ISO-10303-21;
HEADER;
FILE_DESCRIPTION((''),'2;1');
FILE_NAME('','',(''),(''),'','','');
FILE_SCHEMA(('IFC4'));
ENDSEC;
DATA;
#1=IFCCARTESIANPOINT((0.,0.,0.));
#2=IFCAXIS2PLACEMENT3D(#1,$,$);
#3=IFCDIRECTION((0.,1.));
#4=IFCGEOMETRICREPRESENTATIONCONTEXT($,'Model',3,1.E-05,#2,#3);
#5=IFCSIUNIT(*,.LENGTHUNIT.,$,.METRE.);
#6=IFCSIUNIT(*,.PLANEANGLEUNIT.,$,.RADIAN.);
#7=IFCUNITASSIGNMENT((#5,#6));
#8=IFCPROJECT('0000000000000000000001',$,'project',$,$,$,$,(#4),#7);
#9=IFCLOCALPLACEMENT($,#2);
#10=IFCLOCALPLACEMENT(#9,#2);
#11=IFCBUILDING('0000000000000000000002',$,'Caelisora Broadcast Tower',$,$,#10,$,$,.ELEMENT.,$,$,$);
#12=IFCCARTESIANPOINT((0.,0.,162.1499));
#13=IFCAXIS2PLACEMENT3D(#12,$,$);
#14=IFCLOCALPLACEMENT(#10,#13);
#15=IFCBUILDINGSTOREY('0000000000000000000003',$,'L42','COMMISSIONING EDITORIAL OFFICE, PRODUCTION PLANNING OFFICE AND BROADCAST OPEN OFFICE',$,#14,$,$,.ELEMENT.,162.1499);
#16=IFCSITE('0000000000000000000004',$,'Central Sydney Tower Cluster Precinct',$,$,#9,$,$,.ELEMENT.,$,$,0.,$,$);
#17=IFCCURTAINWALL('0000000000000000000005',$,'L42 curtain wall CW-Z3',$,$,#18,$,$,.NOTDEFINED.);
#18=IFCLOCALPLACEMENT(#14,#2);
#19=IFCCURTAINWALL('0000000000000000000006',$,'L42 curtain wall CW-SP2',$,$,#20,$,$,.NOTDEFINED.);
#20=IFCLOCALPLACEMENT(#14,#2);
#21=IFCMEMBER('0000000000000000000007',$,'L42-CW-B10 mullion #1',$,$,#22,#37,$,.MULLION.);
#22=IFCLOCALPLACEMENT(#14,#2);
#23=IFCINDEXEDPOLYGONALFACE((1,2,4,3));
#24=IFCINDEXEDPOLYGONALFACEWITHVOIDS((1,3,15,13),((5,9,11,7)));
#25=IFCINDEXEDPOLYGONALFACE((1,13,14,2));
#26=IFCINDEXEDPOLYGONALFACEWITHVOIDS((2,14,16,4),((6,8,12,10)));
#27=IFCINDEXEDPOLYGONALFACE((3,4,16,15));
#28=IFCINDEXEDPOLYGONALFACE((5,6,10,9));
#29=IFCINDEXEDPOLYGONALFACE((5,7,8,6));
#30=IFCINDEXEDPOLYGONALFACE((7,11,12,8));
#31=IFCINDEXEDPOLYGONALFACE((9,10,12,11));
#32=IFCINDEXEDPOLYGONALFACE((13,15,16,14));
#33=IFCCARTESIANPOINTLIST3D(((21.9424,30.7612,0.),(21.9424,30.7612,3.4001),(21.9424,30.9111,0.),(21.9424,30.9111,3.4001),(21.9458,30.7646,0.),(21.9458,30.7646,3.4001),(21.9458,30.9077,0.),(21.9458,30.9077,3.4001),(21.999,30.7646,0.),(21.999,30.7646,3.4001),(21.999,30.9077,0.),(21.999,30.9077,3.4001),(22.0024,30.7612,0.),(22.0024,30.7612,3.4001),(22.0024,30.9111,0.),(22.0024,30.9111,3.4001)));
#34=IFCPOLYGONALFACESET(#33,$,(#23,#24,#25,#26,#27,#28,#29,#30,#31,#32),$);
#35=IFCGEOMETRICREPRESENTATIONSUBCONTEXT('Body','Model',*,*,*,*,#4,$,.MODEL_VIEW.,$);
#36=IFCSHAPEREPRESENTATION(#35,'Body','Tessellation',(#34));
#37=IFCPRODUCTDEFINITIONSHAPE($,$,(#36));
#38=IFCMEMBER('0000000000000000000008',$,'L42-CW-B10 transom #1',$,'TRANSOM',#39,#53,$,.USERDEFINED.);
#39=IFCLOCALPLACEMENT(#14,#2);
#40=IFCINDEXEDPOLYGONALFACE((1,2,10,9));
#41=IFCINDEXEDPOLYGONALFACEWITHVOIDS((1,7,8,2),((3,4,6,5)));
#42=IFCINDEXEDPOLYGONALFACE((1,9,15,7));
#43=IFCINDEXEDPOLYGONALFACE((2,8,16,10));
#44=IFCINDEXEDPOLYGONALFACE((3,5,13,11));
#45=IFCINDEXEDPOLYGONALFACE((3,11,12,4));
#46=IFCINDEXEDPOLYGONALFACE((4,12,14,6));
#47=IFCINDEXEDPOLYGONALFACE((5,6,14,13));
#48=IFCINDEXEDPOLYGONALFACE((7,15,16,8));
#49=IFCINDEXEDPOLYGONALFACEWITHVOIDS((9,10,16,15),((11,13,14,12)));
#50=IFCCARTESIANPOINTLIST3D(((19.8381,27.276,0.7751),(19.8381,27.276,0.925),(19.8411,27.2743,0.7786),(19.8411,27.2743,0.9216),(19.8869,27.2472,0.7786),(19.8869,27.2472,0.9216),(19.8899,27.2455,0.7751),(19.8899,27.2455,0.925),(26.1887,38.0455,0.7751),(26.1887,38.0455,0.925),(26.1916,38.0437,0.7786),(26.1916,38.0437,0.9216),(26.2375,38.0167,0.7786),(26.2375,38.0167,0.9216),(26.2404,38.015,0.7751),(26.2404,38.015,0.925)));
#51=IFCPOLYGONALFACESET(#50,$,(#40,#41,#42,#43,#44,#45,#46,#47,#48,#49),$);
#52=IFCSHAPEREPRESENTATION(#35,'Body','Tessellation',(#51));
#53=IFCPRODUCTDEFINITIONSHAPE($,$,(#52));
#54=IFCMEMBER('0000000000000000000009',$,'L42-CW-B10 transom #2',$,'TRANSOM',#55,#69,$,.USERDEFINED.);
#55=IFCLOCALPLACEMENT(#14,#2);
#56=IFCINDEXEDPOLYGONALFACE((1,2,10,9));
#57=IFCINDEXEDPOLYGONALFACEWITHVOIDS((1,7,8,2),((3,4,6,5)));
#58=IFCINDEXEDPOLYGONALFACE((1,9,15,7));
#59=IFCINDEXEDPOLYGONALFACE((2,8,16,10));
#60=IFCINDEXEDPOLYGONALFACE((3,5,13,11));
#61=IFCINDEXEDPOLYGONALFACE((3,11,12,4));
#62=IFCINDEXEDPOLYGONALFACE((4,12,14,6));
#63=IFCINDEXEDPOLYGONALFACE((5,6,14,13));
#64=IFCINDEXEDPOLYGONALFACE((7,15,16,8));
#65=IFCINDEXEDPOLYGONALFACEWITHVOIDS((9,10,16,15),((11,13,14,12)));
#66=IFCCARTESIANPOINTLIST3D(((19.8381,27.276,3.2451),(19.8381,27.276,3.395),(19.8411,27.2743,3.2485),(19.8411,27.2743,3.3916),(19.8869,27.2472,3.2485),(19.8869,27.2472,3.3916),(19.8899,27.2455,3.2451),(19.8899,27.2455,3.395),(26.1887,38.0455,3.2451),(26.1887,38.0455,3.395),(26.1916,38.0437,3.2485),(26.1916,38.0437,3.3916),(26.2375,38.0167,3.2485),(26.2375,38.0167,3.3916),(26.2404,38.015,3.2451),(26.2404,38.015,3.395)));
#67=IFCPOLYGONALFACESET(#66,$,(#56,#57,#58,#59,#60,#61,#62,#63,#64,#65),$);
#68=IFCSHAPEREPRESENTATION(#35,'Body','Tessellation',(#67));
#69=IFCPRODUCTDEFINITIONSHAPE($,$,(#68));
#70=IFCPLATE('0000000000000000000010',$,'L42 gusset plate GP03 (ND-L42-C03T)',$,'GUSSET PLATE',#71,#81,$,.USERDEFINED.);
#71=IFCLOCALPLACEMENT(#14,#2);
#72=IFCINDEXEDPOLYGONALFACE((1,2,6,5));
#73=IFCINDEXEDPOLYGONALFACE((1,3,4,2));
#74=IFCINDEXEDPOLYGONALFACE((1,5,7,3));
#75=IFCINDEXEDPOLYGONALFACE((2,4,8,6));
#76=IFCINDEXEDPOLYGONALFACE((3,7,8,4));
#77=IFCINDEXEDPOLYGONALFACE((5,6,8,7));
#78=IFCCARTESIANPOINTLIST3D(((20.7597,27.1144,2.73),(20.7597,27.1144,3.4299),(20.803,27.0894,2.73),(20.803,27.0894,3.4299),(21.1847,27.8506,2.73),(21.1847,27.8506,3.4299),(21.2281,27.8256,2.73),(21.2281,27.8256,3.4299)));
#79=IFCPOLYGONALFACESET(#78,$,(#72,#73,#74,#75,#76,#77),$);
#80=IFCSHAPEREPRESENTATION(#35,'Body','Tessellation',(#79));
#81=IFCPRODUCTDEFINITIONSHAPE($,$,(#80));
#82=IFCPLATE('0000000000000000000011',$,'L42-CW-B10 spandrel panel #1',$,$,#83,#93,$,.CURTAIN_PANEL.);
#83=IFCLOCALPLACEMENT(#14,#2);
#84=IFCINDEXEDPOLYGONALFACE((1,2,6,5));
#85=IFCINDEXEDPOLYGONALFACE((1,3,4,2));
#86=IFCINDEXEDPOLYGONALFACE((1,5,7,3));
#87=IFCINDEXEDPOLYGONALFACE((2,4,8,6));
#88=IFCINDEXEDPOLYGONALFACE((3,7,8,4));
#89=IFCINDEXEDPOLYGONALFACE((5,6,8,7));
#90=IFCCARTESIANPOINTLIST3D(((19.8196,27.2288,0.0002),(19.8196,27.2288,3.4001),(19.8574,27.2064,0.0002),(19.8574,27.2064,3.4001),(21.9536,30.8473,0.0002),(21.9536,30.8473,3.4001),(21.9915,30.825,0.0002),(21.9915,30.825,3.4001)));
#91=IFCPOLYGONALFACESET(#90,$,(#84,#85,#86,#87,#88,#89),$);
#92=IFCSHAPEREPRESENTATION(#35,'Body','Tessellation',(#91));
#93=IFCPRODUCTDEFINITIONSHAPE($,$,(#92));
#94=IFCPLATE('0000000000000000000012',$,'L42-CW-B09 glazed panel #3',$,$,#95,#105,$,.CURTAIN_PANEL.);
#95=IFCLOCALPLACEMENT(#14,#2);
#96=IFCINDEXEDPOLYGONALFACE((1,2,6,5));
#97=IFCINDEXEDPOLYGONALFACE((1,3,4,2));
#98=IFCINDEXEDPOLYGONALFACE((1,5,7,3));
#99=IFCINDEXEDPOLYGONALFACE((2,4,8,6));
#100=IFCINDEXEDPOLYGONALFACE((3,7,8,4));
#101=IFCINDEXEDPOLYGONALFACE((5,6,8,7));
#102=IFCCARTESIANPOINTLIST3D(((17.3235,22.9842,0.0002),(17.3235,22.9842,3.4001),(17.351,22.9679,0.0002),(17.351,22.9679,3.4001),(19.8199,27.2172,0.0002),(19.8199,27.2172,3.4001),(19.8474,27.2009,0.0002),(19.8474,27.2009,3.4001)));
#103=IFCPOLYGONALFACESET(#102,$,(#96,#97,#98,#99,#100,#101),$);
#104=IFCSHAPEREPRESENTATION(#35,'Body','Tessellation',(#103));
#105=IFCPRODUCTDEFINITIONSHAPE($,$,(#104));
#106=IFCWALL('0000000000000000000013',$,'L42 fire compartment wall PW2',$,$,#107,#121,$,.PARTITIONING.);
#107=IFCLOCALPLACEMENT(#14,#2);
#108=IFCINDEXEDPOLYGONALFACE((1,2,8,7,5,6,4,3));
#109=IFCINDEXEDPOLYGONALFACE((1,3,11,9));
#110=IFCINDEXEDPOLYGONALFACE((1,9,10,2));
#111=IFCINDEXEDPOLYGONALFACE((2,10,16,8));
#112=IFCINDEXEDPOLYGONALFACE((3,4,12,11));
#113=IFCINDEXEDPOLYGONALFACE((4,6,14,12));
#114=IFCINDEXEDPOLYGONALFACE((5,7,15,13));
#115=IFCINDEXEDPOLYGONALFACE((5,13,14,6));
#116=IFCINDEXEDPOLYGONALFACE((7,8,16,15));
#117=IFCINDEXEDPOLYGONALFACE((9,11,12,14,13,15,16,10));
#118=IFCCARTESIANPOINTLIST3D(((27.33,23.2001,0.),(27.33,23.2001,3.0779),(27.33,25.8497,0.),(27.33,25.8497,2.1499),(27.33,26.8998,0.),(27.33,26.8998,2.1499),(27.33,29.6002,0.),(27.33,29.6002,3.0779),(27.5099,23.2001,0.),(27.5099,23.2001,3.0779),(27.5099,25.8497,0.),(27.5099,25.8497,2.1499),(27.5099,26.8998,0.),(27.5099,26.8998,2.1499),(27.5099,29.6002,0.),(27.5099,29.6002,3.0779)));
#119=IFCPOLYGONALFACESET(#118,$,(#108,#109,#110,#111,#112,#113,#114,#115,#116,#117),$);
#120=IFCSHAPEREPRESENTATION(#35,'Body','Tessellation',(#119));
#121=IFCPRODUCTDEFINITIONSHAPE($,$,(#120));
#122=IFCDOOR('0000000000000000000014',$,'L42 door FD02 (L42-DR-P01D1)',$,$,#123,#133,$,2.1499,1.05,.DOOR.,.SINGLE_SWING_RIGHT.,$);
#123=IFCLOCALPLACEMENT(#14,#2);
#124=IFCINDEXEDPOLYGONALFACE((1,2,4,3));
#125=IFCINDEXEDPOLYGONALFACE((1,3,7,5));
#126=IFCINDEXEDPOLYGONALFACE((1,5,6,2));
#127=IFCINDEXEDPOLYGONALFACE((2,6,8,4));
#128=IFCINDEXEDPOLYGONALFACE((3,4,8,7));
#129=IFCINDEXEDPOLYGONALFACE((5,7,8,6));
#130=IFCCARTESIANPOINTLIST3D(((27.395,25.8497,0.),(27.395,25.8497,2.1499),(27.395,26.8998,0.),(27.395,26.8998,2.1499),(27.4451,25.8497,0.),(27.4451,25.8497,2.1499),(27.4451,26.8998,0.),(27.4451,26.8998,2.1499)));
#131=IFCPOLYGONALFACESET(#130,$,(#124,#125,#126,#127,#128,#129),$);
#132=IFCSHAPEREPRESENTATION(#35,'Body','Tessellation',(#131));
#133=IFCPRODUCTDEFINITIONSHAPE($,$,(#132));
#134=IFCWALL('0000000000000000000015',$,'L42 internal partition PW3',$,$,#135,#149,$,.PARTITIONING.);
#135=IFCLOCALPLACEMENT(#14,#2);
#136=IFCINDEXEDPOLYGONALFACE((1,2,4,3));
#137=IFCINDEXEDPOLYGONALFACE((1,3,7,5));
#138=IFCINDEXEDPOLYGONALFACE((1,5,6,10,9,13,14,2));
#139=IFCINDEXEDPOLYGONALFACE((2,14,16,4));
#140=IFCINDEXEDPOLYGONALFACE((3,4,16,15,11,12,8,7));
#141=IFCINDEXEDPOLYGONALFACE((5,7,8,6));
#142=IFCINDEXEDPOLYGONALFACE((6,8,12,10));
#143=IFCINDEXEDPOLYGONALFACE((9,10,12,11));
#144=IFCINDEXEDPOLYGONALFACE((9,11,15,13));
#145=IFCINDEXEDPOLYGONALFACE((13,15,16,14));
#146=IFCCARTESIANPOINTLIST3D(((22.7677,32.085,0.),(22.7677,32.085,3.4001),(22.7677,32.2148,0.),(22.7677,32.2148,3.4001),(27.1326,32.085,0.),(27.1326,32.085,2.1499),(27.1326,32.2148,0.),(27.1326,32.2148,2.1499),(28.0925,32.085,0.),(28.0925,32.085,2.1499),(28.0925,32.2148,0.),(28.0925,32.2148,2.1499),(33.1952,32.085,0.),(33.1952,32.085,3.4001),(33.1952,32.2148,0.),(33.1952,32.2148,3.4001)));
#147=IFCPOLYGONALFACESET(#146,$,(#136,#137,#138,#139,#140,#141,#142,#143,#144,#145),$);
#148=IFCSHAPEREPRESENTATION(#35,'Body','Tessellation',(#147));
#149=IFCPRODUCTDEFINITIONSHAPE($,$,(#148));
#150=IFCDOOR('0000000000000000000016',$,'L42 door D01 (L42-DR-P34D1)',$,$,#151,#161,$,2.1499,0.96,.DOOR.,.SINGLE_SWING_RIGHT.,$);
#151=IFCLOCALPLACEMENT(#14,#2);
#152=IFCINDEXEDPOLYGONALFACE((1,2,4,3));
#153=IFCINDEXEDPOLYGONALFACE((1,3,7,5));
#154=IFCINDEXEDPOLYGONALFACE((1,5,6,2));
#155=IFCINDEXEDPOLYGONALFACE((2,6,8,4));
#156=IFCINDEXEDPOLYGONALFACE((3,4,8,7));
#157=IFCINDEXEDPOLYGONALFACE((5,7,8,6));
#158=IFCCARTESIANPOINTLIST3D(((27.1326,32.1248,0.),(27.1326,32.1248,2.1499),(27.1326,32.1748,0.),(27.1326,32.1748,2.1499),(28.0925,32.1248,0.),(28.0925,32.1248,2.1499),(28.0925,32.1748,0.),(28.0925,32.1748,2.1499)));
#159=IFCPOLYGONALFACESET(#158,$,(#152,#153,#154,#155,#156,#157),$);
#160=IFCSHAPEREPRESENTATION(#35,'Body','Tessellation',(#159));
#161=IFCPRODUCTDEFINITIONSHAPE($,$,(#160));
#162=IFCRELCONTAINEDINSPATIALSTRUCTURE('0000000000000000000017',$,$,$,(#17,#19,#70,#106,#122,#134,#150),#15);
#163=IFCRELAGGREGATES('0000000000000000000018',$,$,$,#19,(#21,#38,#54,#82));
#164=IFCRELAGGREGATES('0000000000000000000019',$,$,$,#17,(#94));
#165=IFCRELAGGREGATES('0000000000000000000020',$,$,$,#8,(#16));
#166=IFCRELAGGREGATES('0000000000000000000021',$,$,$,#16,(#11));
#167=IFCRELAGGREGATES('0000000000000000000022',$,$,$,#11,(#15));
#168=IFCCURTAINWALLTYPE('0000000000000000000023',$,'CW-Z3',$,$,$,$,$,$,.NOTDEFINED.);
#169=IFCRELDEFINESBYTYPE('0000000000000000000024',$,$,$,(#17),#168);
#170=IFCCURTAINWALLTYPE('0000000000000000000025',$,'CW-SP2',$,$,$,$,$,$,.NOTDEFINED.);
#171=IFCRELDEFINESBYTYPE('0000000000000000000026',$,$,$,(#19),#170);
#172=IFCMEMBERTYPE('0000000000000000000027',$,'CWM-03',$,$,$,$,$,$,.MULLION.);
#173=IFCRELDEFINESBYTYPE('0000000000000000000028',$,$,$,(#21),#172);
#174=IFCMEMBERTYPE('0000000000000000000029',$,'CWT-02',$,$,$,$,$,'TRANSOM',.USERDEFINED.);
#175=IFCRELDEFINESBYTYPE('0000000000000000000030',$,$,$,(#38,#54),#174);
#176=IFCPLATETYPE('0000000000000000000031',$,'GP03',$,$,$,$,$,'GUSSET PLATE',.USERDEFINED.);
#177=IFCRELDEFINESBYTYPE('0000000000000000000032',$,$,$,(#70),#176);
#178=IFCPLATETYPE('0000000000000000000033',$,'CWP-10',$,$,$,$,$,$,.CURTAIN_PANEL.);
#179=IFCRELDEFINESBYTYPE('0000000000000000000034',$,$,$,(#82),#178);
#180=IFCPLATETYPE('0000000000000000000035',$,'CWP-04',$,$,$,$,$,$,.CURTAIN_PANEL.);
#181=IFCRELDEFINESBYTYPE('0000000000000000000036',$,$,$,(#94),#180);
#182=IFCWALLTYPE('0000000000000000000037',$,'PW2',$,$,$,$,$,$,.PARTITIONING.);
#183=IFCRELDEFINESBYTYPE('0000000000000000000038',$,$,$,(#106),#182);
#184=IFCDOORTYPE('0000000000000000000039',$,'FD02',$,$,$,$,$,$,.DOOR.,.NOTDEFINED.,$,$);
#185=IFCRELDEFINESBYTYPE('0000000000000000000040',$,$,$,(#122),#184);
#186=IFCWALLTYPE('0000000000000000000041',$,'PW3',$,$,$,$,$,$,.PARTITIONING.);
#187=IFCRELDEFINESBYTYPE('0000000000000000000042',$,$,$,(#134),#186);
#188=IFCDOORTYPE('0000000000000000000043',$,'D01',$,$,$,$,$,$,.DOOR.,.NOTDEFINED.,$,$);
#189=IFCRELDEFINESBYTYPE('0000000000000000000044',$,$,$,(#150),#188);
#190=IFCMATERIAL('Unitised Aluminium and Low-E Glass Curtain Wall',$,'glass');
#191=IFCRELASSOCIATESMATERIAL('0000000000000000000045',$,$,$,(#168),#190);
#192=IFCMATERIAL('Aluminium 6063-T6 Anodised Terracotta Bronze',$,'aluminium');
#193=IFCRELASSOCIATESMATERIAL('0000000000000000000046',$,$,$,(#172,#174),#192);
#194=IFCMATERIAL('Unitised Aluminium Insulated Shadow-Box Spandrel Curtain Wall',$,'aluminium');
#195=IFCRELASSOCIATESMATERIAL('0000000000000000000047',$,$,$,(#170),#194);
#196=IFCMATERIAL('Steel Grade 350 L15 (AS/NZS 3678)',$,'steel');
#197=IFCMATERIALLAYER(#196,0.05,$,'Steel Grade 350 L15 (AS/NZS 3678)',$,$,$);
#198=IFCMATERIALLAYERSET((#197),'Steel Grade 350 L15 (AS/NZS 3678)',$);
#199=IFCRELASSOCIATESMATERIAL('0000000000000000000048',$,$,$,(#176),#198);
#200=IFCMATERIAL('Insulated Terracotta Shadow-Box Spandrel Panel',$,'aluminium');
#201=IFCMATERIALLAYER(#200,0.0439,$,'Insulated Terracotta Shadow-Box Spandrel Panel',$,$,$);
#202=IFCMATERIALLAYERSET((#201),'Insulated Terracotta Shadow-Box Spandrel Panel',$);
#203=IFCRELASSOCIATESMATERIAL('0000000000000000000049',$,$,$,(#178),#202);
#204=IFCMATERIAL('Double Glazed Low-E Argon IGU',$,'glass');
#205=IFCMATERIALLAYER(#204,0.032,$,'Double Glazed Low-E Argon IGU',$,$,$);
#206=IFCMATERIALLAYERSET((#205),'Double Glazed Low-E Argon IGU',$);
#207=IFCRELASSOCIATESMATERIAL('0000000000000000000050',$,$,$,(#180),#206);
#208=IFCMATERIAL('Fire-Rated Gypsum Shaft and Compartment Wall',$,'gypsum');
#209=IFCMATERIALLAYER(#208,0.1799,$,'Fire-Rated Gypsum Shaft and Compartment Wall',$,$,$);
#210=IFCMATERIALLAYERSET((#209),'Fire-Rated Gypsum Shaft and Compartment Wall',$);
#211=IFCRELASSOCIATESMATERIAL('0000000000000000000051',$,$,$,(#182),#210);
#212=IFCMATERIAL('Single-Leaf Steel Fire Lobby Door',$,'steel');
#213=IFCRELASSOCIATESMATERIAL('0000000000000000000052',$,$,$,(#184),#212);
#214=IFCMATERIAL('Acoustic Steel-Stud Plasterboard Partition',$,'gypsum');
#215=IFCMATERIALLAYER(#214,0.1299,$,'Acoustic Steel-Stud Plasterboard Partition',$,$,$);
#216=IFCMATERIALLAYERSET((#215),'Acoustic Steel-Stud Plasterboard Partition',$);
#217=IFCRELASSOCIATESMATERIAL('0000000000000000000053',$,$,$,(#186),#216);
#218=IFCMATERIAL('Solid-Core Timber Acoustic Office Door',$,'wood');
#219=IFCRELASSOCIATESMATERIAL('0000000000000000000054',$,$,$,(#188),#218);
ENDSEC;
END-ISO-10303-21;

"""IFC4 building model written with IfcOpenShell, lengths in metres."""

from ifc_helpers import new_model, si_unit, direction, frame, frame_2d, origin, origin_2d, place, context, subcontext, project, spatial, rectangle, hollow_rectangle, extrude, source, transform, mapped, material, layer, layer_set, material_profile, profile_set, type_object, type_shapes, element, fill, aggregate, save


model = new_model("IFC4")

# Units and contexts
model_context = context("Model", 3, precision=1e-05, world=origin(), true_north=direction((0.0, 1.0)))
body_context = subcontext(model_context, "Body", "Model", "MODEL_VIEW")
ifc_project = project(units=[si_unit("LENGTHUNIT", "METRE"), si_unit("PLANEANGLEUNIT", "RADIAN")], contexts=[model_context])

# Site, building, storey
site_placement = place(None, origin())
site = spatial("IfcSite", under=ifc_project, at=site_placement, Name="Central Sydney Tower Cluster Precinct", CompositionType="ELEMENT", RefElevation=0.0)
building_placement = place(site_placement, origin())
building = spatial("IfcBuilding", under=site, at=building_placement, Name="Caelisora Broadcast Tower", CompositionType="ELEMENT")
storey_placement = place(building_placement, frame((0.0, 0.0, 162.1499)))
storey = spatial("IfcBuildingStorey", under=building, at=storey_placement, Name="L42", Description="COMMISSIONING EDITORIAL OFFICE, PRODUCTION PLANNING OFFICE AND BROADCAST OPEN OFFICE", CompositionType="ELEMENT", Elevation=162.1499)

# Shared definitions
ifc_material_1 = material(Name="Steel Grade 350 L15 (AS/NZS 3678)", Category="steel")

# Curtain wall
ifc_material_2 = material(Name="Unitised Aluminium and Low-E Glass Curtain Wall", Category="glass")
curtain_wall_type_1 = type_object("IfcCurtainWallType", Name="CW-Z3", PredefinedType="NOTDEFINED", material=ifc_material_2)
curtain_wall_1_placement = place(storey_placement, origin())
curtain_wall_1 = element("IfcCurtainWall", 1, at=curtain_wall_1_placement, inside=storey, type_object=curtain_wall_type_1, Name="L42 curtain wall CW-Z3", PredefinedType="NOTDEFINED")
ifc_material_3 = material(Name="Aluminium 6063-T6 Anodised Terracotta Bronze", Category="aluminium")
ifc_material_profile_1 = material_profile(ifc_material_3, hollow_rectangle(XDim=0.0601, YDim=0.1499, WallThickness=0.0034, at=origin_2d()), Name="Aluminium 6063-T6 Anodised Terracotta Bronze")
ifc_profile_set_1 = profile_set([ifc_material_profile_1], Name="Aluminium 6063-T6 Anodised Terracotta Bronze")
member_type_1 = type_object("IfcMemberType", Name="CWM-03", PredefinedType="MULLION", material=ifc_profile_set_1)
shared_shape_1 = source(origin(), body_context, "Body", "SweptSolid", [
    extrude(hollow_rectangle(XDim=0.0601, YDim=0.1499, WallThickness=0.0034, at=origin_2d()), origin(), (0.0, 0.0, 1.0), 3.4001),
])
type_shapes(member_type_1, [shared_shape_1])

# Curtain wall, members
ifc_material_4 = material(Name="Unitised Aluminium Insulated Shadow-Box Spandrel Curtain Wall", Category="aluminium")
curtain_wall_type_2 = type_object("IfcCurtainWallType", Name="CW-SP2", PredefinedType="NOTDEFINED", material=ifc_material_4)
curtain_wall_2_placement = place(storey_placement, origin())
curtain_wall_2 = element("IfcCurtainWall", 2, at=curtain_wall_2_placement, inside=storey, type_object=curtain_wall_type_2, Name="L42 curtain wall CW-SP2", PredefinedType="NOTDEFINED")
member_1_placement = place(storey_placement, frame((21.9724, 30.8362, 0.0), z_axis=(0.0, 0.0, 1.0), x_axis=(1.0, 0.0, 0.0)))
member_1 = element("IfcMember", 3, at=member_1_placement, type_object=member_type_1, Name="L42-CW-B10 mullion #1", PredefinedType="MULLION", context=body_context, shape_type="MappedRepresentation", body=[
    mapped(shared_shape_1, transform((0.0, 0.0, 0.0), scale=1.0)),
])
ifc_material_profile_2 = material_profile(ifc_material_3, hollow_rectangle(XDim=0.0601, YDim=0.1499, WallThickness=0.0034, at=origin_2d()), Name="Aluminium 6063-T6 Anodised Terracotta Bronze")
ifc_profile_set_2 = profile_set([ifc_material_profile_2], Name="Aluminium 6063-T6 Anodised Terracotta Bronze")
member_type_2 = type_object("IfcMemberType", Name="CWT-02", ElementType="TRANSOM", PredefinedType="USERDEFINED", material=ifc_profile_set_2)
shared_shape_2 = source(origin(), body_context, "Body", "SweptSolid", [
    extrude(hollow_rectangle(XDim=0.0601, YDim=0.1499, WallThickness=0.0034, at=origin_2d()), origin(), (0.0, 0.0, 1.0), 12.5024),
])
type_shapes(member_type_2, [shared_shape_2])
member_2_placement = place(storey_placement, frame((19.864, 27.2607, 0.8501), z_axis=(0.507945, 0.86139, 0.0), x_axis=(-0.86139, 0.507945, 0.0)))
member_2 = element("IfcMember", 4, at=member_2_placement, type_object=member_type_2, Name="L42-CW-B10 transom #1", ObjectType="TRANSOM", PredefinedType="USERDEFINED", context=body_context, shape_type="MappedRepresentation", body=[
    mapped(shared_shape_2, transform((0.0, 0.0, 0.0), scale=1.0)),
])
member_3_placement = place(storey_placement, frame((19.864, 27.2607, 3.3201), z_axis=(0.507945, 0.86139, 0.0), x_axis=(-0.86139, 0.507945, 0.0)))
member_3 = element("IfcMember", 5, at=member_3_placement, type_object=member_type_2, Name="L42-CW-B10 transom #2", ObjectType="TRANSOM", PredefinedType="USERDEFINED", context=body_context, shape_type="MappedRepresentation", body=[
    mapped(shared_shape_2, transform((0.0, 0.0, 0.0), scale=1.0)),
])

# Plates
ifc_layer_1 = layer(ifc_material_1, 0.05, Name="Steel Grade 350 L15 (AS/NZS 3678)")
ifc_layer_set_1 = layer_set([ifc_layer_1], Name="Steel Grade 350 L15 (AS/NZS 3678)")
plate_type_1 = type_object("IfcPlateType", Name="GP03", ElementType="GUSSET PLATE", PredefinedType="USERDEFINED", material=ifc_layer_set_1)
shared_shape_3 = source(origin(), body_context, "Body", "SweptSolid", [
    extrude(rectangle(XDim=0.8501, YDim=0.05, at=origin_2d()), origin(), (0.0, 0.0, 1.0), 0.7),
])
type_shapes(plate_type_1, [shared_shape_3])
plate_1_placement = place(storey_placement, frame((20.9939, 27.47, 2.73), z_axis=(0.0, 0.0, 1.0), x_axis=(-0.5, -0.866025, 0.0)))
element("IfcPlate", 6, at=plate_1_placement, inside=storey, type_object=plate_type_1, Name="L42 gusset plate GP03 (ND-L42-C03T)", ObjectType="GUSSET PLATE", PredefinedType="USERDEFINED", context=body_context, shape_type="MappedRepresentation", body=[
    mapped(shared_shape_3, transform((0.0, 0.0, 0.0), scale=1.0)),
])
ifc_material_5 = material(Name="Insulated Terracotta Shadow-Box Spandrel Panel", Category="aluminium")
ifc_layer_2 = layer(ifc_material_5, 0.0439, Name="Insulated Terracotta Shadow-Box Spandrel Panel")
ifc_layer_set_2 = layer_set([ifc_layer_2], Name="Insulated Terracotta Shadow-Box Spandrel Panel")
plate_type_2 = type_object("IfcPlateType", Name="CWP-10", PredefinedType="CURTAIN_PANEL", material=ifc_layer_set_2)
shared_shape_4 = source(origin(), body_context, "Body", "SweptSolid", [
    extrude(rectangle(XDim=4.2009, YDim=0.0439, at=origin_2d()), origin(), (0.0, 0.0, 1.0), 3.3999),
])
type_shapes(plate_type_2, [shared_shape_4])
plate_2_placement = place(storey_placement, frame((20.9055, 29.0269, 0.0002), z_axis=(0.0, 0.0, 1.0), x_axis=(0.507989, 0.861363, 0.0)))
plate_2 = element("IfcPlate", 7, at=plate_2_placement, type_object=plate_type_2, Name="L42-CW-B10 spandrel panel #1", PredefinedType="CURTAIN_PANEL", context=body_context, shape_type="MappedRepresentation", body=[
    mapped(shared_shape_4, transform((0.0, 0.0, 0.0), scale=1.0)),
])
aggregate(curtain_wall_2, [member_1, member_2, member_3, plate_2])
ifc_material_6 = material(Name="Double Glazed Low-E Argon IGU", Category="glass")
ifc_layer_3 = layer(ifc_material_6, 0.032, Name="Double Glazed Low-E Argon IGU")
ifc_layer_set_3 = layer_set([ifc_layer_3], Name="Double Glazed Low-E Argon IGU")
plate_type_3 = type_object("IfcPlateType", Name="CWP-04", PredefinedType="CURTAIN_PANEL", material=ifc_layer_set_3)
shared_shape_5 = source(origin(), body_context, "Body", "SweptSolid", [
    extrude(rectangle(XDim=4.9143, YDim=0.032, at=origin_2d()), origin(), (0.0, 0.0, 1.0), 3.3999),
])
type_shapes(plate_type_3, [shared_shape_5])
plate_3_placement = place(storey_placement, frame((18.5854, 25.0925, 0.0002), z_axis=(0.0, 0.0, 1.0), x_axis=(0.507989, 0.861363, 0.0)))
plate_3 = element("IfcPlate", 8, at=plate_3_placement, type_object=plate_type_3, Name="L42-CW-B09 glazed panel #3", PredefinedType="CURTAIN_PANEL", context=body_context, shape_type="MappedRepresentation", body=[
    mapped(shared_shape_5, transform((0.0, 0.0, 0.0), scale=1.0)),
])
aggregate(curtain_wall_1, [plate_3])

# Walls, openings, doors
ifc_material_7 = material(Name="Fire-Rated Gypsum Shaft and Compartment Wall", Category="gypsum")
ifc_layer_4 = layer(ifc_material_7, 0.1799, Name="Fire-Rated Gypsum Shaft and Compartment Wall")
ifc_layer_set_4 = layer_set([ifc_layer_4], Name="Fire-Rated Gypsum Shaft and Compartment Wall")
wall_type_1 = type_object("IfcWallType", Name="PW2", PredefinedType="PARTITIONING", material=ifc_layer_set_4)
wall_1_placement = place(storey_placement, frame((27.4199, 23.2, 0.0), z_axis=(0.0, 0.0, 1.0), x_axis=(0.0, 1.0, 0.0)))
wall_1 = element("IfcWall", 9, at=wall_1_placement, inside=storey, type_object=wall_type_1, Name="L42 fire compartment wall PW2", PredefinedType="PARTITIONING", context=body_context, shape_type="SweptSolid", body=[
    extrude(rectangle(XDim=6.4001, YDim=0.1799, at=frame_2d((3.2002, 0.0))), origin(), (0.0, 0.0, 1.0), 3.0779),
])
opening_1_placement = place(wall_1_placement, frame((2.6499, 0.0, 0.0)))
opening_1 = element("IfcOpeningElement", 10, at=opening_1_placement, cuts=wall_1, PredefinedType="OPENING", context=body_context, shape_type="SweptSolid", body=[
    extrude(rectangle(XDim=1.05, YDim=2.1499, at=frame_2d((0.5249, 1.075))), frame((0.0, 0.1021, 0.0), z_axis=(0.0, -1.0, 0.0), x_axis=(1.0, 0.0, 0.0)), (0.0, 0.0, 1.0), 0.2039),
])
ifc_material_8 = material(Name="Single-Leaf Steel Fire Lobby Door", Category="steel")
door_type_1 = type_object("IfcDoorType", Name="FD02", OperationType="NOTDEFINED", PredefinedType="DOOR", material=ifc_material_8)
door_1_placement = place(opening_1_placement, origin())
door_1 = element("IfcDoor", 11, at=door_1_placement, inside=storey, type_object=door_type_1, Name="L42 door FD02 (L42-DR-P01D1)", OperationType="SINGLE_SWING_RIGHT", OverallHeight=2.1499, OverallWidth=1.05, PredefinedType="DOOR", context=body_context, shape_type="SweptSolid", body=[
    extrude(rectangle(XDim=1.05, YDim=2.1499, at=frame_2d((0.5249, 1.075))), frame((0.0, 0.0249, 0.0), z_axis=(0.0, -1.0, 0.0), x_axis=(1.0, 0.0, 0.0)), (0.0, 0.0, 1.0), 0.05),
])
fill(opening_1, door_1)
ifc_material_9 = material(Name="Acoustic Steel-Stud Plasterboard Partition", Category="gypsum")
ifc_layer_5 = layer(ifc_material_9, 0.1299, Name="Acoustic Steel-Stud Plasterboard Partition")
ifc_layer_set_5 = layer_set([ifc_layer_5], Name="Acoustic Steel-Stud Plasterboard Partition")
wall_type_2 = type_object("IfcWallType", Name="PW3", PredefinedType="PARTITIONING", material=ifc_layer_set_5)
wall_2_placement = place(storey_placement, frame((22.7676, 32.1499, 0.0), z_axis=(0.0, 0.0, 1.0), x_axis=(1.0, 0.0, 0.0)))
wall_2 = element("IfcWall", 12, at=wall_2_placement, inside=storey, type_object=wall_type_2, Name="L42 internal partition PW3", PredefinedType="PARTITIONING", context=body_context, shape_type="SweptSolid", body=[
    extrude(rectangle(XDim=10.4275, YDim=0.1299, at=frame_2d((5.2139, 0.0))), origin(), (0.0, 0.0, 1.0), 3.4001),
])
opening_2_placement = place(wall_2_placement, frame((4.365, 0.0, 0.0)))
opening_2 = element("IfcOpeningElement", 13, at=opening_2_placement, cuts=wall_2, PredefinedType="OPENING", context=body_context, shape_type="SweptSolid", body=[
    extrude(rectangle(XDim=0.96, YDim=2.1499, at=frame_2d((0.48, 1.075))), frame((0.0, 0.0769, 0.0), z_axis=(0.0, -1.0, 0.0), x_axis=(1.0, 0.0, 0.0)), (0.0, 0.0, 1.0), 0.1538),
])
ifc_material_10 = material(Name="Solid-Core Timber Acoustic Office Door", Category="wood")
door_type_2 = type_object("IfcDoorType", Name="D01", OperationType="NOTDEFINED", PredefinedType="DOOR", material=ifc_material_10)
door_2_placement = place(opening_2_placement, origin())
door_2 = element("IfcDoor", 14, at=door_2_placement, inside=storey, type_object=door_type_2, Name="L42 door D01 (L42-DR-P34D1)", OperationType="SINGLE_SWING_RIGHT", OverallHeight=2.1499, OverallWidth=0.96, PredefinedType="DOOR", context=body_context, shape_type="SweptSolid", body=[
    extrude(rectangle(XDim=0.96, YDim=2.1499, at=frame_2d((0.48, 1.075))), frame((0.0, 0.0249, 0.0), z_axis=(0.0, -1.0, 0.0), x_axis=(1.0, 0.0, 0.0)), (0.0, 0.0, 1.0), 0.05),
])
fill(opening_2, door_2)

save(model, "model.ifc")
